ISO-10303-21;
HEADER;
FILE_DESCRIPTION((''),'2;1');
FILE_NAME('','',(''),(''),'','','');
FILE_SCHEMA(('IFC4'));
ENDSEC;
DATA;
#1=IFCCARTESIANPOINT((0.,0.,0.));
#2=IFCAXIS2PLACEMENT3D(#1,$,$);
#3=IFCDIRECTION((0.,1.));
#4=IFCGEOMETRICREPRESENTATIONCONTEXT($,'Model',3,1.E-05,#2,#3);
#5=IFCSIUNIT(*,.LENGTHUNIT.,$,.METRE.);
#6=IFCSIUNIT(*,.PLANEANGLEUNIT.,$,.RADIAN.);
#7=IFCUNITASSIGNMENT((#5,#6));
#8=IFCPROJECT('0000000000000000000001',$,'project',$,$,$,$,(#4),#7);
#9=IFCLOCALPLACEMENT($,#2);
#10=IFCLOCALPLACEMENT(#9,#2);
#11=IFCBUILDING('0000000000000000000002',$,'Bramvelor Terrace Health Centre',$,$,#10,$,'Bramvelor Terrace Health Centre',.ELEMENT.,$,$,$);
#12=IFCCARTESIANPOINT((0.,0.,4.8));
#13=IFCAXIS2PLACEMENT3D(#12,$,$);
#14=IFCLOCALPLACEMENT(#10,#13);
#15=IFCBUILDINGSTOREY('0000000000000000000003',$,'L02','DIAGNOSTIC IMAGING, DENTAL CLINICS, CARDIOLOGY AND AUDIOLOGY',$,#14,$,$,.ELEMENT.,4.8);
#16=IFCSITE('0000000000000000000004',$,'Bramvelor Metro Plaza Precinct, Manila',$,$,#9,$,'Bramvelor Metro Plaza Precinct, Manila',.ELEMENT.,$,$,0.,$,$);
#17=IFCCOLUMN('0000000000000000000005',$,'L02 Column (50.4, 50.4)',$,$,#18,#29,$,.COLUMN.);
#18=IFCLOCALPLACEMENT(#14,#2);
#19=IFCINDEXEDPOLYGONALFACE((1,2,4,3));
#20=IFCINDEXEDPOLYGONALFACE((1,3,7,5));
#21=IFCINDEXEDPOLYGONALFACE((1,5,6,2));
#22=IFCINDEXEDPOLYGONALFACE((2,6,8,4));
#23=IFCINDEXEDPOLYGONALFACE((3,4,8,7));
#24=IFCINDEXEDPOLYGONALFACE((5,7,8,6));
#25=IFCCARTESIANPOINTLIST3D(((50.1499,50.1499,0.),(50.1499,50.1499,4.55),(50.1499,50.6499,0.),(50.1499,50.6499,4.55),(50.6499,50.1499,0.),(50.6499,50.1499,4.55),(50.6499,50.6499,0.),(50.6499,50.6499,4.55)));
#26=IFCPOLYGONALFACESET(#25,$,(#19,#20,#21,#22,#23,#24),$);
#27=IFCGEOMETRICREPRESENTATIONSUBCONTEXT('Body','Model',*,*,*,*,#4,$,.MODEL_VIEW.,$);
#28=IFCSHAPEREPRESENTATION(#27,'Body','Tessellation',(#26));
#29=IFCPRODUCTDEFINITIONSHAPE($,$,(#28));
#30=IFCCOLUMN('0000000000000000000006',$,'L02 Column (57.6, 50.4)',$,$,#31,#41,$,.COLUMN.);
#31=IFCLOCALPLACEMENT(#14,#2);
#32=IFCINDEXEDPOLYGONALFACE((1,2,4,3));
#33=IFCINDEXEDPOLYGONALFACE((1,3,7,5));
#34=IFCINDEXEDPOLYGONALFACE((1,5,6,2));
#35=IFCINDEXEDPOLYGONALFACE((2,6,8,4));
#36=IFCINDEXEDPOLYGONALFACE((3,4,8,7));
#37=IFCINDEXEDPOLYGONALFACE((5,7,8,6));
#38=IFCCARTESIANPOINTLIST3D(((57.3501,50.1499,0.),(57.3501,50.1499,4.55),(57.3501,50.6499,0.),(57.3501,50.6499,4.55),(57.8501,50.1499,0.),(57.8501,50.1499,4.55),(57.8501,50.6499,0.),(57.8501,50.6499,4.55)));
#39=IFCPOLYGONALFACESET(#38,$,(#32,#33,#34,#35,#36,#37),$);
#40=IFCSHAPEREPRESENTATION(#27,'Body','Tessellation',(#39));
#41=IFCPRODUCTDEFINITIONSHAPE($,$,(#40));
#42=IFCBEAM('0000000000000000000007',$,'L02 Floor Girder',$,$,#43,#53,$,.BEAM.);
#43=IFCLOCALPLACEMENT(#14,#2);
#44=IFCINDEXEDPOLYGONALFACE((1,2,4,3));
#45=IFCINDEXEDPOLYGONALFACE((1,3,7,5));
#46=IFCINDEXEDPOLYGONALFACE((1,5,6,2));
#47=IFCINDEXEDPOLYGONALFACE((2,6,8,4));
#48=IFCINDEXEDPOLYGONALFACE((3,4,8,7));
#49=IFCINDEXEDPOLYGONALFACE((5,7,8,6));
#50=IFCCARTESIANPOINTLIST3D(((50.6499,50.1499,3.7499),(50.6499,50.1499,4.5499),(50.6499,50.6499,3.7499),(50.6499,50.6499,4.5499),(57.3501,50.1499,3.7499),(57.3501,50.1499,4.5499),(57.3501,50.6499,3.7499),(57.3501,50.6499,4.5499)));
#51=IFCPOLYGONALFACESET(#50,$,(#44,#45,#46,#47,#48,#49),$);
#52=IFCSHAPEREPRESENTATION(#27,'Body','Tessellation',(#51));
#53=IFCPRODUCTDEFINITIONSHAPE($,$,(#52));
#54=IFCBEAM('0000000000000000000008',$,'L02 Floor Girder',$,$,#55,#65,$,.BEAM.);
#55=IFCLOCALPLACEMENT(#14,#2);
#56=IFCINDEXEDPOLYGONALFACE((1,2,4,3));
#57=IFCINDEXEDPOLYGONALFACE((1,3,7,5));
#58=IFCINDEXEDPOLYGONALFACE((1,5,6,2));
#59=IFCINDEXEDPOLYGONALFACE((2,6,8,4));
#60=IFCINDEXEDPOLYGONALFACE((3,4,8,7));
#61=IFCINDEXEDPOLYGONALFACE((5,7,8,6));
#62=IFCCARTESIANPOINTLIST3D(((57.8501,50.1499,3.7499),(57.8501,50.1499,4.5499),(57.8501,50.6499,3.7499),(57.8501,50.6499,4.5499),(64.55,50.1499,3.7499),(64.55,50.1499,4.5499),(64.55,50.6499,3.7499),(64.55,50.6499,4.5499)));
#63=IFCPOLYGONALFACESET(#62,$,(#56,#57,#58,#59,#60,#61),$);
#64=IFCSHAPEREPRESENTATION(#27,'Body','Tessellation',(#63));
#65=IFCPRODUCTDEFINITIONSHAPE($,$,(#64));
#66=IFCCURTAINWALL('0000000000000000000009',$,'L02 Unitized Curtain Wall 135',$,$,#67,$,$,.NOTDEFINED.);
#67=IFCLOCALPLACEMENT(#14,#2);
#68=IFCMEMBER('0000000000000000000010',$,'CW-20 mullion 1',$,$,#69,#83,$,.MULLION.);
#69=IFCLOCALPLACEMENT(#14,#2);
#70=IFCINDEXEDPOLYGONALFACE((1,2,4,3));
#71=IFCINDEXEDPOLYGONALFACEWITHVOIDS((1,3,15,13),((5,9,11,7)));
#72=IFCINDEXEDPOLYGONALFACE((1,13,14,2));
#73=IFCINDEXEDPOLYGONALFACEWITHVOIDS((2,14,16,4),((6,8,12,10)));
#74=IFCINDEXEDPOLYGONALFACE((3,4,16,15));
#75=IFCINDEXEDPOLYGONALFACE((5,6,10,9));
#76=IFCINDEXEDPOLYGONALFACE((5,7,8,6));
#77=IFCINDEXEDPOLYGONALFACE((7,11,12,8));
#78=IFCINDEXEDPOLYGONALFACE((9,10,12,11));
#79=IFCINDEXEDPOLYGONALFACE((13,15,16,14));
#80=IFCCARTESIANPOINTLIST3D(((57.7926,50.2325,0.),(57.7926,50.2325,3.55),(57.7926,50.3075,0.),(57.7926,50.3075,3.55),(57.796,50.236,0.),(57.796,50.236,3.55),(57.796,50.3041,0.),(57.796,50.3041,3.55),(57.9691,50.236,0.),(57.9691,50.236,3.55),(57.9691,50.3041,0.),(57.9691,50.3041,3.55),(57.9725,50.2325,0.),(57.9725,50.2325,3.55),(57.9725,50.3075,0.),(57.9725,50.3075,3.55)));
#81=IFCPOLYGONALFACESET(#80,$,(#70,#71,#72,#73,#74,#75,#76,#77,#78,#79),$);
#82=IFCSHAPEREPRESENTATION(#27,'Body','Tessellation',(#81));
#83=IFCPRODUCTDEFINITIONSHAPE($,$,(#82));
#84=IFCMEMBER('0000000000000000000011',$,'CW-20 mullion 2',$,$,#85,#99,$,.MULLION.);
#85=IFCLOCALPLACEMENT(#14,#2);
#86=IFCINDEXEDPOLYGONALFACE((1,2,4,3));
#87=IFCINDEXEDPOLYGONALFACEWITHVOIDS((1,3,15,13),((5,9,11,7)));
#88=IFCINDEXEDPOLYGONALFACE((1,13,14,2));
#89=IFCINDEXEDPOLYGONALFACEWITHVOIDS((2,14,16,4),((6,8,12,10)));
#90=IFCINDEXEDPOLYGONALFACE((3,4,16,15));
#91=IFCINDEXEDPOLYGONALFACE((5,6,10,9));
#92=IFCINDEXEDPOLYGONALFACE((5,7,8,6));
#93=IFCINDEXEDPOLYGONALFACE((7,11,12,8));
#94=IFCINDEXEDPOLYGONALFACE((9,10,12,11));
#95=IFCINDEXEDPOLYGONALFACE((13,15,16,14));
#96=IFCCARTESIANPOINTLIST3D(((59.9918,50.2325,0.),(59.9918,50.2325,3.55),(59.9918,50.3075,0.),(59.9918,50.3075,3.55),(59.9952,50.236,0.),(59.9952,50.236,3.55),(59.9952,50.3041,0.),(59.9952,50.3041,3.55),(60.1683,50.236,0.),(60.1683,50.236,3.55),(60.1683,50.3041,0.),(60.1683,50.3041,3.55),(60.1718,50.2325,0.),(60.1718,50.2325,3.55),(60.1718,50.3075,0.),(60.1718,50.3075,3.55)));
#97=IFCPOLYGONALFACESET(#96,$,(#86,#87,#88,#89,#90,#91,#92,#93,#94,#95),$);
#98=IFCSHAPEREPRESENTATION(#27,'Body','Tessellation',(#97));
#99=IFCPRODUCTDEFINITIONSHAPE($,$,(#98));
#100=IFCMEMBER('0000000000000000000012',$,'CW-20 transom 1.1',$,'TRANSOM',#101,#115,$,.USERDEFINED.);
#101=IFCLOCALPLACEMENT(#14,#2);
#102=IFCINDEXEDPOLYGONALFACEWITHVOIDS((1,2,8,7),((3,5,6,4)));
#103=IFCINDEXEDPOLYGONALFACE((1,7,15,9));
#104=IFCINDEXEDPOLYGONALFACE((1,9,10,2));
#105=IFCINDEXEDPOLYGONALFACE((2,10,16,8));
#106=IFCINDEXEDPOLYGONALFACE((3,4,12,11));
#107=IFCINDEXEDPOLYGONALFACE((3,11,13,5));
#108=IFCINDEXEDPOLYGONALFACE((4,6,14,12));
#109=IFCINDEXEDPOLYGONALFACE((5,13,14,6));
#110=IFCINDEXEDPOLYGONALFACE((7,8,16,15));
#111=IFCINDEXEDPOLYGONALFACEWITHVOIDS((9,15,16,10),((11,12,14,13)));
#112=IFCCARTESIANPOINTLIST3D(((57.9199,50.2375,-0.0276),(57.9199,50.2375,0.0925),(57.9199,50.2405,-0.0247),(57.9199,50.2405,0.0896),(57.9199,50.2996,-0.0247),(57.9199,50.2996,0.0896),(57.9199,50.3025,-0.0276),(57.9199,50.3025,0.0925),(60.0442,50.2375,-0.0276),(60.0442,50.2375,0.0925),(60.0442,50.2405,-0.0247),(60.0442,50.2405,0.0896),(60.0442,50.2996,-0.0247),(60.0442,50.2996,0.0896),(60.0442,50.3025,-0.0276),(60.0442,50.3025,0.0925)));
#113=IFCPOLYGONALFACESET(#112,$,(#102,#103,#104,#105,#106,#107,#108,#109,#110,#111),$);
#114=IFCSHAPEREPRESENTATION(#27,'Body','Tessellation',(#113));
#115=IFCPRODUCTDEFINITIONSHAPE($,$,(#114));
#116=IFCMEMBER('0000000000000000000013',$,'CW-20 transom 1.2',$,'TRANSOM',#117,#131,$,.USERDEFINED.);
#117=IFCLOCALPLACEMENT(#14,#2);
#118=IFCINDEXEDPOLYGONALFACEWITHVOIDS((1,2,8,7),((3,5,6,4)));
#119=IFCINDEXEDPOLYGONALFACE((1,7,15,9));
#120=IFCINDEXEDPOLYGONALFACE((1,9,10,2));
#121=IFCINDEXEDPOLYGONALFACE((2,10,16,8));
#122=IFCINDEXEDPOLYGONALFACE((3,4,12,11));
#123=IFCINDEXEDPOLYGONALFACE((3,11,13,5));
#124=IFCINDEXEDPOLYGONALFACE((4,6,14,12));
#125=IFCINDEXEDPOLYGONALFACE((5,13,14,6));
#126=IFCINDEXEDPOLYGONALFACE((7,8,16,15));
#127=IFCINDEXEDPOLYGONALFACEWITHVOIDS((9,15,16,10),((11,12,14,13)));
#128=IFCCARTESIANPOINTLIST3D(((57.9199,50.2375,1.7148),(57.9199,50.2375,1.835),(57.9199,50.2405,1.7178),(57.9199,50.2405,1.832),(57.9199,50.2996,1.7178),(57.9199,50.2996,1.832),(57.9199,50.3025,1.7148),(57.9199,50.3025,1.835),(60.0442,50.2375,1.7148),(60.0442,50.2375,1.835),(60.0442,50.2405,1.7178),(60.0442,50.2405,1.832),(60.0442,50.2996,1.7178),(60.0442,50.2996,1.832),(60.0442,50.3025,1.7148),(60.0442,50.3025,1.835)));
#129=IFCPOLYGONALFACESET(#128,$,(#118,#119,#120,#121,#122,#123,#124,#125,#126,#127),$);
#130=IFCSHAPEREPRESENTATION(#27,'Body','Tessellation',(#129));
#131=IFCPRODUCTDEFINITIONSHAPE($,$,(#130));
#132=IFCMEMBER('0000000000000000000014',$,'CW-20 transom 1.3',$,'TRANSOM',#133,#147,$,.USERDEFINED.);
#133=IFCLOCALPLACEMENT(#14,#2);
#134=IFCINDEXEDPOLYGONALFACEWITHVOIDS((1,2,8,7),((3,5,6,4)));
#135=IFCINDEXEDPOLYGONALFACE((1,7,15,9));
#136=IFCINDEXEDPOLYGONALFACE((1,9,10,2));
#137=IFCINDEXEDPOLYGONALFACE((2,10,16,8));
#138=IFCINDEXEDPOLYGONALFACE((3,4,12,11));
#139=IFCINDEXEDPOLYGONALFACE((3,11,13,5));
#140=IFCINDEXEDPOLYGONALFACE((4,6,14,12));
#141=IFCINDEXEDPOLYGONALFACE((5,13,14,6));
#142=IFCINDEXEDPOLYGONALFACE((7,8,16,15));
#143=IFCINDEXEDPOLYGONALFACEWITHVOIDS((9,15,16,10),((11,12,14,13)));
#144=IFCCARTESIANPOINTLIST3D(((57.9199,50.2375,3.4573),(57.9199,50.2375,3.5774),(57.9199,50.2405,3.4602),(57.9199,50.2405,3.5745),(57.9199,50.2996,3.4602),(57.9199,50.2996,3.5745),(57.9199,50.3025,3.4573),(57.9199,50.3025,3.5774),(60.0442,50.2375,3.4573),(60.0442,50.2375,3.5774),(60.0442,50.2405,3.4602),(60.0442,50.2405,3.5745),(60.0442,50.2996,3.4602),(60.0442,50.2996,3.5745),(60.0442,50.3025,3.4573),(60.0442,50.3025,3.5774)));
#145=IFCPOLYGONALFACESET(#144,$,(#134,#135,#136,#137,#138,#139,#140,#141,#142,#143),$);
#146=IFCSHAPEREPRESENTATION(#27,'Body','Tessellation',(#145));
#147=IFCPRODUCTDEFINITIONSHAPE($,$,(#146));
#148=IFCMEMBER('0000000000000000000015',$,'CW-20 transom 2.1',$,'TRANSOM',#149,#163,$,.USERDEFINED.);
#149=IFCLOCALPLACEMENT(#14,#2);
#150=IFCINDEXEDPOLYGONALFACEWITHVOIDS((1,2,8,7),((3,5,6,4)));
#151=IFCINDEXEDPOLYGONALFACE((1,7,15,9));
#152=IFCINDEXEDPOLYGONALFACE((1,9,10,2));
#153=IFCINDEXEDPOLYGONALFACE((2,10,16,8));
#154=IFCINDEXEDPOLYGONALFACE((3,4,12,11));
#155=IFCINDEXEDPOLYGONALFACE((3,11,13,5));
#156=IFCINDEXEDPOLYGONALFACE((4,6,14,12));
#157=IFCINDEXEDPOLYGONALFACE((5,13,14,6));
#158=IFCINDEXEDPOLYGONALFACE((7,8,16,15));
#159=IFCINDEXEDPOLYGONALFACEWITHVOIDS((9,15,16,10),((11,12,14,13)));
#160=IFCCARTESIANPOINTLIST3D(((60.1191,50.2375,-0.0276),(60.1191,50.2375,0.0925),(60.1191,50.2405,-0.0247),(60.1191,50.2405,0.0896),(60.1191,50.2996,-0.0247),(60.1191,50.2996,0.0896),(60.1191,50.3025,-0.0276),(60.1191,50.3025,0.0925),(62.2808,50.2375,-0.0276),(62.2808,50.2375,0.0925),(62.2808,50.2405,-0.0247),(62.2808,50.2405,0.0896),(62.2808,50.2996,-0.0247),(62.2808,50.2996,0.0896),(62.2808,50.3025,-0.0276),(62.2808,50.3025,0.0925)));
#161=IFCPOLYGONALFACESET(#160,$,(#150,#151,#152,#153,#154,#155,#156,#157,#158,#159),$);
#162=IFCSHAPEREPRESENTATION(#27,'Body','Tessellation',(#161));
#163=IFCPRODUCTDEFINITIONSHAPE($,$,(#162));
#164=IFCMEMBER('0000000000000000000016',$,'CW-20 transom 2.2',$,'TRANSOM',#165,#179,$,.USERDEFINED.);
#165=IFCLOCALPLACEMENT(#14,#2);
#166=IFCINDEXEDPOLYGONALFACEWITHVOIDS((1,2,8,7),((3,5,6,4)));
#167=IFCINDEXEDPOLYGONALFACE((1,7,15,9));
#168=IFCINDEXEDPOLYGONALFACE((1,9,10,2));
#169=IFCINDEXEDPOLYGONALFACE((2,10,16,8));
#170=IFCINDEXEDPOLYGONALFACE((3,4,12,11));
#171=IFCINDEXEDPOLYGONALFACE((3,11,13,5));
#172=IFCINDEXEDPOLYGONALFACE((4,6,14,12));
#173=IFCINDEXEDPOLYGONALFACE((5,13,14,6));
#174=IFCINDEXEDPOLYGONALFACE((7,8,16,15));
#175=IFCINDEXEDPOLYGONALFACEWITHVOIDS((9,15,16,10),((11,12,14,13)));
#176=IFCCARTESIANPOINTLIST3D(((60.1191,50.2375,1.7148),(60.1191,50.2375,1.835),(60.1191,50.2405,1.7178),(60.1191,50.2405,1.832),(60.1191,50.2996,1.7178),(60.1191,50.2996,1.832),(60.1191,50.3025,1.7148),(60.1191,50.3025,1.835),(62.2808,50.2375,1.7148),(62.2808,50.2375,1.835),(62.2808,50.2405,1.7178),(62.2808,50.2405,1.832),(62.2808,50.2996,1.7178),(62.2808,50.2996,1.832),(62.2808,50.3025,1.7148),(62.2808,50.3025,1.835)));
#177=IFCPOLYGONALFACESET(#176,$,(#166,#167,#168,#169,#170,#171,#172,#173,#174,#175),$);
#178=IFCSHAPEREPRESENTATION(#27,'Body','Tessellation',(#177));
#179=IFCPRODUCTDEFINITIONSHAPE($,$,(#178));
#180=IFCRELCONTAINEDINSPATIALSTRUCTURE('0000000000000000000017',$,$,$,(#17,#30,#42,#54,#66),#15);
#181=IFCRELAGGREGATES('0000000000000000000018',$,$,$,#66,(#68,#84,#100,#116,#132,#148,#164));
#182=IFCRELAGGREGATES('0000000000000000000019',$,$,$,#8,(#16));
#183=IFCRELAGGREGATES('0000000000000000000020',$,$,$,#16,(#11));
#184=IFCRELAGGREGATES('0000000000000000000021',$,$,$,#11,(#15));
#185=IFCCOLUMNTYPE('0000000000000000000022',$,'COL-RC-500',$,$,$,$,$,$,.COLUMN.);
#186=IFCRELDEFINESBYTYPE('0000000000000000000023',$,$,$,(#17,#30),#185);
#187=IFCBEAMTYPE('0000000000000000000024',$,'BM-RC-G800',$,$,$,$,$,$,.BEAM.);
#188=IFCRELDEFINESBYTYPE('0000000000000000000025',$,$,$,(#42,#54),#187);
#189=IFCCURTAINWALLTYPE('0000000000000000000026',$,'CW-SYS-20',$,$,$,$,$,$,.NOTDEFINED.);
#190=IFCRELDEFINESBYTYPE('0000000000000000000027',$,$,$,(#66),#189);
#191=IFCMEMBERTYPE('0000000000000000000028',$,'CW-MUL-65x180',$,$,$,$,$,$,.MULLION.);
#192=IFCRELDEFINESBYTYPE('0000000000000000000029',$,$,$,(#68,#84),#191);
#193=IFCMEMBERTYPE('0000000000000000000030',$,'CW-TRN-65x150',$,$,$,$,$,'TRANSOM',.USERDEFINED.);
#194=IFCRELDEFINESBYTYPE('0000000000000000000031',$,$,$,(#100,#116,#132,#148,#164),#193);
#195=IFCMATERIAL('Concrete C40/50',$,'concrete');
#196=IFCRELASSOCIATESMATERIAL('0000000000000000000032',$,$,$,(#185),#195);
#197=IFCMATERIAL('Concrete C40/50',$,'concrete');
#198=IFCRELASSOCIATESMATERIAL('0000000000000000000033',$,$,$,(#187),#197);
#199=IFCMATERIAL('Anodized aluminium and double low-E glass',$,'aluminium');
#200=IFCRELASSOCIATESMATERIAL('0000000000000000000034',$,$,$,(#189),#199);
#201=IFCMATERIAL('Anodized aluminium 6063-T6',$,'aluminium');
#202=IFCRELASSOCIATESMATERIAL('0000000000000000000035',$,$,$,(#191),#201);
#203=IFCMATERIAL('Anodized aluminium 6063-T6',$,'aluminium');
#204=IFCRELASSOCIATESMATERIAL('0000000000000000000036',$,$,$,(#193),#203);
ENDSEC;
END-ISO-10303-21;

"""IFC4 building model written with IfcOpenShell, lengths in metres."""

from ifc_helpers import new_model, si_unit, direction, frame, origin, origin_2d, place, context, subcontext, project, spatial, rectangle, hollow_rectangle, extrude, material, material_profile, profile_set, type_object, element, aggregate, save


model = new_model("IFC4")

# Units and contexts
model_context = context("Model", 3, precision=1e-05, world=origin(), true_north=direction((0.0, 1.0)))
body_context = subcontext(model_context, "Body", "Model", "MODEL_VIEW")
ifc_project = project(units=[si_unit("LENGTHUNIT", "METRE"), si_unit("PLANEANGLEUNIT", "RADIAN")], contexts=[model_context])

# Site, building, storey
site_placement = place(None, origin())
site = spatial("IfcSite", under=ifc_project, at=site_placement, Name="Bramvelor Metro Plaza Precinct, Manila", LongName="Bramvelor Metro Plaza Precinct, Manila", CompositionType="ELEMENT", RefElevation=0.0)
building_placement = place(site_placement, origin())
building = spatial("IfcBuilding", under=site, at=building_placement, Name="Bramvelor Terrace Health Centre", LongName="Bramvelor Terrace Health Centre", CompositionType="ELEMENT")
storey_placement = place(building_placement, frame((0.0, 0.0, 4.8)))
storey = spatial("IfcBuildingStorey", under=building, at=storey_placement, Name="L02", Description="DIAGNOSTIC IMAGING, DENTAL CLINICS, CARDIOLOGY AND AUDIOLOGY", CompositionType="ELEMENT", Elevation=4.8)

# Columns
ifc_material_1 = material(Name="Concrete C40/50", Category="concrete")
ifc_material_profile_1 = material_profile(ifc_material_1, rectangle(XDim=0.5, YDim=0.5, at=origin_2d()), Name="RC 500x500")
ifc_profile_set_1 = profile_set([ifc_material_profile_1], Name="Concrete C40/50")
column_type = type_object("IfcColumnType", Name="COL-RC-500", PredefinedType="COLUMN", material=ifc_profile_set_1)
for number, where, z_axis, x_axis, name in (
    (1, (50.3999, 50.3999, 0.0), (0.0, 0.0, 1.0), (1.0, 0.0, 0.0), "L02 Column (50.4, 50.4)"),
    (2, (57.6001, 50.3999, 0.0), (0.0, 0.0, 1.0), (1.0, 0.0, 0.0), "L02 Column (57.6, 50.4)"),
):
    element("IfcColumn", number, at=place(storey_placement, frame(where, z_axis=z_axis, x_axis=x_axis)), inside=storey, type_object=column_type, Name=name, PredefinedType="COLUMN", context=body_context, shape_type="SweptSolid", body=[
        extrude(rectangle(XDim=0.5, YDim=0.5, at=origin_2d()), origin(), (0.0, 0.0, 1.0), 4.55),
    ])

# Beams
ifc_material_2 = material(Name="Concrete C40/50", Category="concrete")
ifc_material_profile_2 = material_profile(ifc_material_2, rectangle(XDim=0.5, YDim=0.8, at=origin_2d()), Name="RC 500x800")
ifc_profile_set_2 = profile_set([ifc_material_profile_2], Name="Concrete C40/50")
beam_type = type_object("IfcBeamType", Name="BM-RC-G800", PredefinedType="BEAM", material=ifc_profile_set_2)
beam_1_placement = place(storey_placement, frame((50.6499, 50.3999, 4.1499), z_axis=(1.0, 0.0, 0.0), x_axis=(0.0, 1.0, 0.0)))
element("IfcBeam", 3, at=beam_1_placement, inside=storey, type_object=beam_type, Name="L02 Floor Girder", PredefinedType="BEAM", context=body_context, shape_type="SweptSolid", body=[
    extrude(rectangle(XDim=0.5, YDim=0.8, at=origin_2d()), origin(), (0.0, 0.0, 1.0), 6.7002),
])
beam_2_placement = place(storey_placement, frame((57.8501, 50.3999, 4.1499), z_axis=(1.0, 0.0, 0.0), x_axis=(0.0, 1.0, 0.0)))
element("IfcBeam", 4, at=beam_2_placement, inside=storey, type_object=beam_type, Name="L02 Floor Girder", PredefinedType="BEAM", context=body_context, shape_type="SweptSolid", body=[
    extrude(rectangle(XDim=0.5, YDim=0.8, at=origin_2d()), origin(), (0.0, 0.0, 1.0), 6.7),
])

# Curtain wall, members
ifc_material_3 = material(Name="Anodized aluminium and double low-E glass", Category="aluminium")
curtain_wall_type = type_object("IfcCurtainWallType", Name="CW-SYS-20", PredefinedType="NOTDEFINED", material=ifc_material_3)
curtain_wall_placement = place(storey_placement, origin())
curtain_wall = element("IfcCurtainWall", 5, at=curtain_wall_placement, inside=storey, type_object=curtain_wall_type, Name="L02 Unitized Curtain Wall 135", PredefinedType="NOTDEFINED")
ifc_material_4 = material(Name="Anodized aluminium 6063-T6", Category="aluminium")
ifc_material_profile_3 = material_profile(ifc_material_4, hollow_rectangle(XDim=0.075, YDim=0.1799, WallThickness=0.0034, at=origin_2d()), Name="ALU-MUL 75x180x3.5")
ifc_profile_set_3 = profile_set([ifc_material_profile_3], Name="Anodized aluminium 6063-T6")
member_type_1 = type_object("IfcMemberType", Name="CW-MUL-65x180", PredefinedType="MULLION", material=ifc_profile_set_3)
member_1_placement = place(storey_placement, frame((57.8826, 50.27, 0.0), z_axis=(0.0, 0.0, 1.0), x_axis=(0.0, 1.0, 0.0)))
member_1 = element("IfcMember", 6, at=member_1_placement, type_object=member_type_1, Name="CW-20 mullion 1", PredefinedType="MULLION", context=body_context, shape_type="SweptSolid", body=[
    extrude(hollow_rectangle(XDim=0.075, YDim=0.1799, WallThickness=0.0034, at=origin_2d()), origin(), (0.0, 0.0, 1.0), 3.55),
])
member_2_placement = place(storey_placement, frame((60.0818, 50.27, 0.0), z_axis=(0.0, 0.0, 1.0), x_axis=(0.0, 1.0, 0.0)))
member_2 = element("IfcMember", 7, at=member_2_placement, type_object=member_type_1, Name="CW-20 mullion 2", PredefinedType="MULLION", context=body_context, shape_type="SweptSolid", body=[
    extrude(hollow_rectangle(XDim=0.075, YDim=0.1799, WallThickness=0.0034, at=origin_2d()), origin(), (0.0, 0.0, 1.0), 3.55),
])
ifc_material_5 = material(Name="Anodized aluminium 6063-T6", Category="aluminium")
ifc_material_profile_4 = material_profile(ifc_material_5, hollow_rectangle(XDim=0.0649, YDim=0.1201, WallThickness=0.0029, at=origin_2d()), Name="ALU-TRN 65x120x3.0")
ifc_profile_set_4 = profile_set([ifc_material_profile_4], Name="Anodized aluminium 6063-T6")
member_type_2 = type_object("IfcMemberType", Name="CW-TRN-65x150", ElementType="TRANSOM", PredefinedType="USERDEFINED", material=ifc_profile_set_4)
member_3_placement = place(storey_placement, frame((57.9199, 50.27, 0.0325), z_axis=(1.0, 0.0, 0.0), x_axis=(0.0, 1.0, 0.0)))
member_3 = element("IfcMember", 8, at=member_3_placement, type_object=member_type_2, Name="CW-20 transom 1.1", ObjectType="TRANSOM", PredefinedType="USERDEFINED", context=body_context, shape_type="SweptSolid", body=[
    extrude(hollow_rectangle(XDim=0.0649, YDim=0.1201, WallThickness=0.0029, at=origin_2d()), origin(), (0.0, 0.0, 1.0), 2.1243),
])
member_4_placement = place(storey_placement, frame((57.9199, 50.27, 1.7749), z_axis=(1.0, 0.0, 0.0), x_axis=(0.0, 1.0, 0.0)))
member_4 = element("IfcMember", 9, at=member_4_placement, type_object=member_type_2, Name="CW-20 transom 1.2", ObjectType="TRANSOM", PredefinedType="USERDEFINED", context=body_context, shape_type="SweptSolid", body=[
    extrude(hollow_rectangle(XDim=0.0649, YDim=0.1201, WallThickness=0.0029, at=origin_2d()), origin(), (0.0, 0.0, 1.0), 2.1243),
])
member_5_placement = place(storey_placement, frame((57.9199, 50.27, 3.5173), z_axis=(1.0, 0.0, 0.0), x_axis=(0.0, 1.0, 0.0)))
member_5 = element("IfcMember", 10, at=member_5_placement, type_object=member_type_2, Name="CW-20 transom 1.3", ObjectType="TRANSOM", PredefinedType="USERDEFINED", context=body_context, shape_type="SweptSolid", body=[
    extrude(hollow_rectangle(XDim=0.0649, YDim=0.1201, WallThickness=0.0029, at=origin_2d()), origin(), (0.0, 0.0, 1.0), 2.1243),
])
member_6_placement = place(storey_placement, frame((60.1191, 50.27, 0.0325), z_axis=(1.0, 0.0, 0.0), x_axis=(0.0, 1.0, 0.0)))
member_6 = element("IfcMember", 11, at=member_6_placement, type_object=member_type_2, Name="CW-20 transom 2.1", ObjectType="TRANSOM", PredefinedType="USERDEFINED", context=body_context, shape_type="SweptSolid", body=[
    extrude(hollow_rectangle(XDim=0.0649, YDim=0.1201, WallThickness=0.0029, at=origin_2d()), origin(), (0.0, 0.0, 1.0), 2.1616),
])
member_7_placement = place(storey_placement, frame((60.1191, 50.27, 1.7749), z_axis=(1.0, 0.0, 0.0), x_axis=(0.0, 1.0, 0.0)))
member_7 = element("IfcMember", 12, at=member_7_placement, type_object=member_type_2, Name="CW-20 transom 2.2", ObjectType="TRANSOM", PredefinedType="USERDEFINED", context=body_context, shape_type="SweptSolid", body=[
    extrude(hollow_rectangle(XDim=0.0649, YDim=0.1201, WallThickness=0.0029, at=origin_2d()), origin(), (0.0, 0.0, 1.0), 2.1616),
])
aggregate(curtain_wall, [member_1, member_2, member_3, member_4, member_5, member_6, member_7])

save(model, "model.ifc")
